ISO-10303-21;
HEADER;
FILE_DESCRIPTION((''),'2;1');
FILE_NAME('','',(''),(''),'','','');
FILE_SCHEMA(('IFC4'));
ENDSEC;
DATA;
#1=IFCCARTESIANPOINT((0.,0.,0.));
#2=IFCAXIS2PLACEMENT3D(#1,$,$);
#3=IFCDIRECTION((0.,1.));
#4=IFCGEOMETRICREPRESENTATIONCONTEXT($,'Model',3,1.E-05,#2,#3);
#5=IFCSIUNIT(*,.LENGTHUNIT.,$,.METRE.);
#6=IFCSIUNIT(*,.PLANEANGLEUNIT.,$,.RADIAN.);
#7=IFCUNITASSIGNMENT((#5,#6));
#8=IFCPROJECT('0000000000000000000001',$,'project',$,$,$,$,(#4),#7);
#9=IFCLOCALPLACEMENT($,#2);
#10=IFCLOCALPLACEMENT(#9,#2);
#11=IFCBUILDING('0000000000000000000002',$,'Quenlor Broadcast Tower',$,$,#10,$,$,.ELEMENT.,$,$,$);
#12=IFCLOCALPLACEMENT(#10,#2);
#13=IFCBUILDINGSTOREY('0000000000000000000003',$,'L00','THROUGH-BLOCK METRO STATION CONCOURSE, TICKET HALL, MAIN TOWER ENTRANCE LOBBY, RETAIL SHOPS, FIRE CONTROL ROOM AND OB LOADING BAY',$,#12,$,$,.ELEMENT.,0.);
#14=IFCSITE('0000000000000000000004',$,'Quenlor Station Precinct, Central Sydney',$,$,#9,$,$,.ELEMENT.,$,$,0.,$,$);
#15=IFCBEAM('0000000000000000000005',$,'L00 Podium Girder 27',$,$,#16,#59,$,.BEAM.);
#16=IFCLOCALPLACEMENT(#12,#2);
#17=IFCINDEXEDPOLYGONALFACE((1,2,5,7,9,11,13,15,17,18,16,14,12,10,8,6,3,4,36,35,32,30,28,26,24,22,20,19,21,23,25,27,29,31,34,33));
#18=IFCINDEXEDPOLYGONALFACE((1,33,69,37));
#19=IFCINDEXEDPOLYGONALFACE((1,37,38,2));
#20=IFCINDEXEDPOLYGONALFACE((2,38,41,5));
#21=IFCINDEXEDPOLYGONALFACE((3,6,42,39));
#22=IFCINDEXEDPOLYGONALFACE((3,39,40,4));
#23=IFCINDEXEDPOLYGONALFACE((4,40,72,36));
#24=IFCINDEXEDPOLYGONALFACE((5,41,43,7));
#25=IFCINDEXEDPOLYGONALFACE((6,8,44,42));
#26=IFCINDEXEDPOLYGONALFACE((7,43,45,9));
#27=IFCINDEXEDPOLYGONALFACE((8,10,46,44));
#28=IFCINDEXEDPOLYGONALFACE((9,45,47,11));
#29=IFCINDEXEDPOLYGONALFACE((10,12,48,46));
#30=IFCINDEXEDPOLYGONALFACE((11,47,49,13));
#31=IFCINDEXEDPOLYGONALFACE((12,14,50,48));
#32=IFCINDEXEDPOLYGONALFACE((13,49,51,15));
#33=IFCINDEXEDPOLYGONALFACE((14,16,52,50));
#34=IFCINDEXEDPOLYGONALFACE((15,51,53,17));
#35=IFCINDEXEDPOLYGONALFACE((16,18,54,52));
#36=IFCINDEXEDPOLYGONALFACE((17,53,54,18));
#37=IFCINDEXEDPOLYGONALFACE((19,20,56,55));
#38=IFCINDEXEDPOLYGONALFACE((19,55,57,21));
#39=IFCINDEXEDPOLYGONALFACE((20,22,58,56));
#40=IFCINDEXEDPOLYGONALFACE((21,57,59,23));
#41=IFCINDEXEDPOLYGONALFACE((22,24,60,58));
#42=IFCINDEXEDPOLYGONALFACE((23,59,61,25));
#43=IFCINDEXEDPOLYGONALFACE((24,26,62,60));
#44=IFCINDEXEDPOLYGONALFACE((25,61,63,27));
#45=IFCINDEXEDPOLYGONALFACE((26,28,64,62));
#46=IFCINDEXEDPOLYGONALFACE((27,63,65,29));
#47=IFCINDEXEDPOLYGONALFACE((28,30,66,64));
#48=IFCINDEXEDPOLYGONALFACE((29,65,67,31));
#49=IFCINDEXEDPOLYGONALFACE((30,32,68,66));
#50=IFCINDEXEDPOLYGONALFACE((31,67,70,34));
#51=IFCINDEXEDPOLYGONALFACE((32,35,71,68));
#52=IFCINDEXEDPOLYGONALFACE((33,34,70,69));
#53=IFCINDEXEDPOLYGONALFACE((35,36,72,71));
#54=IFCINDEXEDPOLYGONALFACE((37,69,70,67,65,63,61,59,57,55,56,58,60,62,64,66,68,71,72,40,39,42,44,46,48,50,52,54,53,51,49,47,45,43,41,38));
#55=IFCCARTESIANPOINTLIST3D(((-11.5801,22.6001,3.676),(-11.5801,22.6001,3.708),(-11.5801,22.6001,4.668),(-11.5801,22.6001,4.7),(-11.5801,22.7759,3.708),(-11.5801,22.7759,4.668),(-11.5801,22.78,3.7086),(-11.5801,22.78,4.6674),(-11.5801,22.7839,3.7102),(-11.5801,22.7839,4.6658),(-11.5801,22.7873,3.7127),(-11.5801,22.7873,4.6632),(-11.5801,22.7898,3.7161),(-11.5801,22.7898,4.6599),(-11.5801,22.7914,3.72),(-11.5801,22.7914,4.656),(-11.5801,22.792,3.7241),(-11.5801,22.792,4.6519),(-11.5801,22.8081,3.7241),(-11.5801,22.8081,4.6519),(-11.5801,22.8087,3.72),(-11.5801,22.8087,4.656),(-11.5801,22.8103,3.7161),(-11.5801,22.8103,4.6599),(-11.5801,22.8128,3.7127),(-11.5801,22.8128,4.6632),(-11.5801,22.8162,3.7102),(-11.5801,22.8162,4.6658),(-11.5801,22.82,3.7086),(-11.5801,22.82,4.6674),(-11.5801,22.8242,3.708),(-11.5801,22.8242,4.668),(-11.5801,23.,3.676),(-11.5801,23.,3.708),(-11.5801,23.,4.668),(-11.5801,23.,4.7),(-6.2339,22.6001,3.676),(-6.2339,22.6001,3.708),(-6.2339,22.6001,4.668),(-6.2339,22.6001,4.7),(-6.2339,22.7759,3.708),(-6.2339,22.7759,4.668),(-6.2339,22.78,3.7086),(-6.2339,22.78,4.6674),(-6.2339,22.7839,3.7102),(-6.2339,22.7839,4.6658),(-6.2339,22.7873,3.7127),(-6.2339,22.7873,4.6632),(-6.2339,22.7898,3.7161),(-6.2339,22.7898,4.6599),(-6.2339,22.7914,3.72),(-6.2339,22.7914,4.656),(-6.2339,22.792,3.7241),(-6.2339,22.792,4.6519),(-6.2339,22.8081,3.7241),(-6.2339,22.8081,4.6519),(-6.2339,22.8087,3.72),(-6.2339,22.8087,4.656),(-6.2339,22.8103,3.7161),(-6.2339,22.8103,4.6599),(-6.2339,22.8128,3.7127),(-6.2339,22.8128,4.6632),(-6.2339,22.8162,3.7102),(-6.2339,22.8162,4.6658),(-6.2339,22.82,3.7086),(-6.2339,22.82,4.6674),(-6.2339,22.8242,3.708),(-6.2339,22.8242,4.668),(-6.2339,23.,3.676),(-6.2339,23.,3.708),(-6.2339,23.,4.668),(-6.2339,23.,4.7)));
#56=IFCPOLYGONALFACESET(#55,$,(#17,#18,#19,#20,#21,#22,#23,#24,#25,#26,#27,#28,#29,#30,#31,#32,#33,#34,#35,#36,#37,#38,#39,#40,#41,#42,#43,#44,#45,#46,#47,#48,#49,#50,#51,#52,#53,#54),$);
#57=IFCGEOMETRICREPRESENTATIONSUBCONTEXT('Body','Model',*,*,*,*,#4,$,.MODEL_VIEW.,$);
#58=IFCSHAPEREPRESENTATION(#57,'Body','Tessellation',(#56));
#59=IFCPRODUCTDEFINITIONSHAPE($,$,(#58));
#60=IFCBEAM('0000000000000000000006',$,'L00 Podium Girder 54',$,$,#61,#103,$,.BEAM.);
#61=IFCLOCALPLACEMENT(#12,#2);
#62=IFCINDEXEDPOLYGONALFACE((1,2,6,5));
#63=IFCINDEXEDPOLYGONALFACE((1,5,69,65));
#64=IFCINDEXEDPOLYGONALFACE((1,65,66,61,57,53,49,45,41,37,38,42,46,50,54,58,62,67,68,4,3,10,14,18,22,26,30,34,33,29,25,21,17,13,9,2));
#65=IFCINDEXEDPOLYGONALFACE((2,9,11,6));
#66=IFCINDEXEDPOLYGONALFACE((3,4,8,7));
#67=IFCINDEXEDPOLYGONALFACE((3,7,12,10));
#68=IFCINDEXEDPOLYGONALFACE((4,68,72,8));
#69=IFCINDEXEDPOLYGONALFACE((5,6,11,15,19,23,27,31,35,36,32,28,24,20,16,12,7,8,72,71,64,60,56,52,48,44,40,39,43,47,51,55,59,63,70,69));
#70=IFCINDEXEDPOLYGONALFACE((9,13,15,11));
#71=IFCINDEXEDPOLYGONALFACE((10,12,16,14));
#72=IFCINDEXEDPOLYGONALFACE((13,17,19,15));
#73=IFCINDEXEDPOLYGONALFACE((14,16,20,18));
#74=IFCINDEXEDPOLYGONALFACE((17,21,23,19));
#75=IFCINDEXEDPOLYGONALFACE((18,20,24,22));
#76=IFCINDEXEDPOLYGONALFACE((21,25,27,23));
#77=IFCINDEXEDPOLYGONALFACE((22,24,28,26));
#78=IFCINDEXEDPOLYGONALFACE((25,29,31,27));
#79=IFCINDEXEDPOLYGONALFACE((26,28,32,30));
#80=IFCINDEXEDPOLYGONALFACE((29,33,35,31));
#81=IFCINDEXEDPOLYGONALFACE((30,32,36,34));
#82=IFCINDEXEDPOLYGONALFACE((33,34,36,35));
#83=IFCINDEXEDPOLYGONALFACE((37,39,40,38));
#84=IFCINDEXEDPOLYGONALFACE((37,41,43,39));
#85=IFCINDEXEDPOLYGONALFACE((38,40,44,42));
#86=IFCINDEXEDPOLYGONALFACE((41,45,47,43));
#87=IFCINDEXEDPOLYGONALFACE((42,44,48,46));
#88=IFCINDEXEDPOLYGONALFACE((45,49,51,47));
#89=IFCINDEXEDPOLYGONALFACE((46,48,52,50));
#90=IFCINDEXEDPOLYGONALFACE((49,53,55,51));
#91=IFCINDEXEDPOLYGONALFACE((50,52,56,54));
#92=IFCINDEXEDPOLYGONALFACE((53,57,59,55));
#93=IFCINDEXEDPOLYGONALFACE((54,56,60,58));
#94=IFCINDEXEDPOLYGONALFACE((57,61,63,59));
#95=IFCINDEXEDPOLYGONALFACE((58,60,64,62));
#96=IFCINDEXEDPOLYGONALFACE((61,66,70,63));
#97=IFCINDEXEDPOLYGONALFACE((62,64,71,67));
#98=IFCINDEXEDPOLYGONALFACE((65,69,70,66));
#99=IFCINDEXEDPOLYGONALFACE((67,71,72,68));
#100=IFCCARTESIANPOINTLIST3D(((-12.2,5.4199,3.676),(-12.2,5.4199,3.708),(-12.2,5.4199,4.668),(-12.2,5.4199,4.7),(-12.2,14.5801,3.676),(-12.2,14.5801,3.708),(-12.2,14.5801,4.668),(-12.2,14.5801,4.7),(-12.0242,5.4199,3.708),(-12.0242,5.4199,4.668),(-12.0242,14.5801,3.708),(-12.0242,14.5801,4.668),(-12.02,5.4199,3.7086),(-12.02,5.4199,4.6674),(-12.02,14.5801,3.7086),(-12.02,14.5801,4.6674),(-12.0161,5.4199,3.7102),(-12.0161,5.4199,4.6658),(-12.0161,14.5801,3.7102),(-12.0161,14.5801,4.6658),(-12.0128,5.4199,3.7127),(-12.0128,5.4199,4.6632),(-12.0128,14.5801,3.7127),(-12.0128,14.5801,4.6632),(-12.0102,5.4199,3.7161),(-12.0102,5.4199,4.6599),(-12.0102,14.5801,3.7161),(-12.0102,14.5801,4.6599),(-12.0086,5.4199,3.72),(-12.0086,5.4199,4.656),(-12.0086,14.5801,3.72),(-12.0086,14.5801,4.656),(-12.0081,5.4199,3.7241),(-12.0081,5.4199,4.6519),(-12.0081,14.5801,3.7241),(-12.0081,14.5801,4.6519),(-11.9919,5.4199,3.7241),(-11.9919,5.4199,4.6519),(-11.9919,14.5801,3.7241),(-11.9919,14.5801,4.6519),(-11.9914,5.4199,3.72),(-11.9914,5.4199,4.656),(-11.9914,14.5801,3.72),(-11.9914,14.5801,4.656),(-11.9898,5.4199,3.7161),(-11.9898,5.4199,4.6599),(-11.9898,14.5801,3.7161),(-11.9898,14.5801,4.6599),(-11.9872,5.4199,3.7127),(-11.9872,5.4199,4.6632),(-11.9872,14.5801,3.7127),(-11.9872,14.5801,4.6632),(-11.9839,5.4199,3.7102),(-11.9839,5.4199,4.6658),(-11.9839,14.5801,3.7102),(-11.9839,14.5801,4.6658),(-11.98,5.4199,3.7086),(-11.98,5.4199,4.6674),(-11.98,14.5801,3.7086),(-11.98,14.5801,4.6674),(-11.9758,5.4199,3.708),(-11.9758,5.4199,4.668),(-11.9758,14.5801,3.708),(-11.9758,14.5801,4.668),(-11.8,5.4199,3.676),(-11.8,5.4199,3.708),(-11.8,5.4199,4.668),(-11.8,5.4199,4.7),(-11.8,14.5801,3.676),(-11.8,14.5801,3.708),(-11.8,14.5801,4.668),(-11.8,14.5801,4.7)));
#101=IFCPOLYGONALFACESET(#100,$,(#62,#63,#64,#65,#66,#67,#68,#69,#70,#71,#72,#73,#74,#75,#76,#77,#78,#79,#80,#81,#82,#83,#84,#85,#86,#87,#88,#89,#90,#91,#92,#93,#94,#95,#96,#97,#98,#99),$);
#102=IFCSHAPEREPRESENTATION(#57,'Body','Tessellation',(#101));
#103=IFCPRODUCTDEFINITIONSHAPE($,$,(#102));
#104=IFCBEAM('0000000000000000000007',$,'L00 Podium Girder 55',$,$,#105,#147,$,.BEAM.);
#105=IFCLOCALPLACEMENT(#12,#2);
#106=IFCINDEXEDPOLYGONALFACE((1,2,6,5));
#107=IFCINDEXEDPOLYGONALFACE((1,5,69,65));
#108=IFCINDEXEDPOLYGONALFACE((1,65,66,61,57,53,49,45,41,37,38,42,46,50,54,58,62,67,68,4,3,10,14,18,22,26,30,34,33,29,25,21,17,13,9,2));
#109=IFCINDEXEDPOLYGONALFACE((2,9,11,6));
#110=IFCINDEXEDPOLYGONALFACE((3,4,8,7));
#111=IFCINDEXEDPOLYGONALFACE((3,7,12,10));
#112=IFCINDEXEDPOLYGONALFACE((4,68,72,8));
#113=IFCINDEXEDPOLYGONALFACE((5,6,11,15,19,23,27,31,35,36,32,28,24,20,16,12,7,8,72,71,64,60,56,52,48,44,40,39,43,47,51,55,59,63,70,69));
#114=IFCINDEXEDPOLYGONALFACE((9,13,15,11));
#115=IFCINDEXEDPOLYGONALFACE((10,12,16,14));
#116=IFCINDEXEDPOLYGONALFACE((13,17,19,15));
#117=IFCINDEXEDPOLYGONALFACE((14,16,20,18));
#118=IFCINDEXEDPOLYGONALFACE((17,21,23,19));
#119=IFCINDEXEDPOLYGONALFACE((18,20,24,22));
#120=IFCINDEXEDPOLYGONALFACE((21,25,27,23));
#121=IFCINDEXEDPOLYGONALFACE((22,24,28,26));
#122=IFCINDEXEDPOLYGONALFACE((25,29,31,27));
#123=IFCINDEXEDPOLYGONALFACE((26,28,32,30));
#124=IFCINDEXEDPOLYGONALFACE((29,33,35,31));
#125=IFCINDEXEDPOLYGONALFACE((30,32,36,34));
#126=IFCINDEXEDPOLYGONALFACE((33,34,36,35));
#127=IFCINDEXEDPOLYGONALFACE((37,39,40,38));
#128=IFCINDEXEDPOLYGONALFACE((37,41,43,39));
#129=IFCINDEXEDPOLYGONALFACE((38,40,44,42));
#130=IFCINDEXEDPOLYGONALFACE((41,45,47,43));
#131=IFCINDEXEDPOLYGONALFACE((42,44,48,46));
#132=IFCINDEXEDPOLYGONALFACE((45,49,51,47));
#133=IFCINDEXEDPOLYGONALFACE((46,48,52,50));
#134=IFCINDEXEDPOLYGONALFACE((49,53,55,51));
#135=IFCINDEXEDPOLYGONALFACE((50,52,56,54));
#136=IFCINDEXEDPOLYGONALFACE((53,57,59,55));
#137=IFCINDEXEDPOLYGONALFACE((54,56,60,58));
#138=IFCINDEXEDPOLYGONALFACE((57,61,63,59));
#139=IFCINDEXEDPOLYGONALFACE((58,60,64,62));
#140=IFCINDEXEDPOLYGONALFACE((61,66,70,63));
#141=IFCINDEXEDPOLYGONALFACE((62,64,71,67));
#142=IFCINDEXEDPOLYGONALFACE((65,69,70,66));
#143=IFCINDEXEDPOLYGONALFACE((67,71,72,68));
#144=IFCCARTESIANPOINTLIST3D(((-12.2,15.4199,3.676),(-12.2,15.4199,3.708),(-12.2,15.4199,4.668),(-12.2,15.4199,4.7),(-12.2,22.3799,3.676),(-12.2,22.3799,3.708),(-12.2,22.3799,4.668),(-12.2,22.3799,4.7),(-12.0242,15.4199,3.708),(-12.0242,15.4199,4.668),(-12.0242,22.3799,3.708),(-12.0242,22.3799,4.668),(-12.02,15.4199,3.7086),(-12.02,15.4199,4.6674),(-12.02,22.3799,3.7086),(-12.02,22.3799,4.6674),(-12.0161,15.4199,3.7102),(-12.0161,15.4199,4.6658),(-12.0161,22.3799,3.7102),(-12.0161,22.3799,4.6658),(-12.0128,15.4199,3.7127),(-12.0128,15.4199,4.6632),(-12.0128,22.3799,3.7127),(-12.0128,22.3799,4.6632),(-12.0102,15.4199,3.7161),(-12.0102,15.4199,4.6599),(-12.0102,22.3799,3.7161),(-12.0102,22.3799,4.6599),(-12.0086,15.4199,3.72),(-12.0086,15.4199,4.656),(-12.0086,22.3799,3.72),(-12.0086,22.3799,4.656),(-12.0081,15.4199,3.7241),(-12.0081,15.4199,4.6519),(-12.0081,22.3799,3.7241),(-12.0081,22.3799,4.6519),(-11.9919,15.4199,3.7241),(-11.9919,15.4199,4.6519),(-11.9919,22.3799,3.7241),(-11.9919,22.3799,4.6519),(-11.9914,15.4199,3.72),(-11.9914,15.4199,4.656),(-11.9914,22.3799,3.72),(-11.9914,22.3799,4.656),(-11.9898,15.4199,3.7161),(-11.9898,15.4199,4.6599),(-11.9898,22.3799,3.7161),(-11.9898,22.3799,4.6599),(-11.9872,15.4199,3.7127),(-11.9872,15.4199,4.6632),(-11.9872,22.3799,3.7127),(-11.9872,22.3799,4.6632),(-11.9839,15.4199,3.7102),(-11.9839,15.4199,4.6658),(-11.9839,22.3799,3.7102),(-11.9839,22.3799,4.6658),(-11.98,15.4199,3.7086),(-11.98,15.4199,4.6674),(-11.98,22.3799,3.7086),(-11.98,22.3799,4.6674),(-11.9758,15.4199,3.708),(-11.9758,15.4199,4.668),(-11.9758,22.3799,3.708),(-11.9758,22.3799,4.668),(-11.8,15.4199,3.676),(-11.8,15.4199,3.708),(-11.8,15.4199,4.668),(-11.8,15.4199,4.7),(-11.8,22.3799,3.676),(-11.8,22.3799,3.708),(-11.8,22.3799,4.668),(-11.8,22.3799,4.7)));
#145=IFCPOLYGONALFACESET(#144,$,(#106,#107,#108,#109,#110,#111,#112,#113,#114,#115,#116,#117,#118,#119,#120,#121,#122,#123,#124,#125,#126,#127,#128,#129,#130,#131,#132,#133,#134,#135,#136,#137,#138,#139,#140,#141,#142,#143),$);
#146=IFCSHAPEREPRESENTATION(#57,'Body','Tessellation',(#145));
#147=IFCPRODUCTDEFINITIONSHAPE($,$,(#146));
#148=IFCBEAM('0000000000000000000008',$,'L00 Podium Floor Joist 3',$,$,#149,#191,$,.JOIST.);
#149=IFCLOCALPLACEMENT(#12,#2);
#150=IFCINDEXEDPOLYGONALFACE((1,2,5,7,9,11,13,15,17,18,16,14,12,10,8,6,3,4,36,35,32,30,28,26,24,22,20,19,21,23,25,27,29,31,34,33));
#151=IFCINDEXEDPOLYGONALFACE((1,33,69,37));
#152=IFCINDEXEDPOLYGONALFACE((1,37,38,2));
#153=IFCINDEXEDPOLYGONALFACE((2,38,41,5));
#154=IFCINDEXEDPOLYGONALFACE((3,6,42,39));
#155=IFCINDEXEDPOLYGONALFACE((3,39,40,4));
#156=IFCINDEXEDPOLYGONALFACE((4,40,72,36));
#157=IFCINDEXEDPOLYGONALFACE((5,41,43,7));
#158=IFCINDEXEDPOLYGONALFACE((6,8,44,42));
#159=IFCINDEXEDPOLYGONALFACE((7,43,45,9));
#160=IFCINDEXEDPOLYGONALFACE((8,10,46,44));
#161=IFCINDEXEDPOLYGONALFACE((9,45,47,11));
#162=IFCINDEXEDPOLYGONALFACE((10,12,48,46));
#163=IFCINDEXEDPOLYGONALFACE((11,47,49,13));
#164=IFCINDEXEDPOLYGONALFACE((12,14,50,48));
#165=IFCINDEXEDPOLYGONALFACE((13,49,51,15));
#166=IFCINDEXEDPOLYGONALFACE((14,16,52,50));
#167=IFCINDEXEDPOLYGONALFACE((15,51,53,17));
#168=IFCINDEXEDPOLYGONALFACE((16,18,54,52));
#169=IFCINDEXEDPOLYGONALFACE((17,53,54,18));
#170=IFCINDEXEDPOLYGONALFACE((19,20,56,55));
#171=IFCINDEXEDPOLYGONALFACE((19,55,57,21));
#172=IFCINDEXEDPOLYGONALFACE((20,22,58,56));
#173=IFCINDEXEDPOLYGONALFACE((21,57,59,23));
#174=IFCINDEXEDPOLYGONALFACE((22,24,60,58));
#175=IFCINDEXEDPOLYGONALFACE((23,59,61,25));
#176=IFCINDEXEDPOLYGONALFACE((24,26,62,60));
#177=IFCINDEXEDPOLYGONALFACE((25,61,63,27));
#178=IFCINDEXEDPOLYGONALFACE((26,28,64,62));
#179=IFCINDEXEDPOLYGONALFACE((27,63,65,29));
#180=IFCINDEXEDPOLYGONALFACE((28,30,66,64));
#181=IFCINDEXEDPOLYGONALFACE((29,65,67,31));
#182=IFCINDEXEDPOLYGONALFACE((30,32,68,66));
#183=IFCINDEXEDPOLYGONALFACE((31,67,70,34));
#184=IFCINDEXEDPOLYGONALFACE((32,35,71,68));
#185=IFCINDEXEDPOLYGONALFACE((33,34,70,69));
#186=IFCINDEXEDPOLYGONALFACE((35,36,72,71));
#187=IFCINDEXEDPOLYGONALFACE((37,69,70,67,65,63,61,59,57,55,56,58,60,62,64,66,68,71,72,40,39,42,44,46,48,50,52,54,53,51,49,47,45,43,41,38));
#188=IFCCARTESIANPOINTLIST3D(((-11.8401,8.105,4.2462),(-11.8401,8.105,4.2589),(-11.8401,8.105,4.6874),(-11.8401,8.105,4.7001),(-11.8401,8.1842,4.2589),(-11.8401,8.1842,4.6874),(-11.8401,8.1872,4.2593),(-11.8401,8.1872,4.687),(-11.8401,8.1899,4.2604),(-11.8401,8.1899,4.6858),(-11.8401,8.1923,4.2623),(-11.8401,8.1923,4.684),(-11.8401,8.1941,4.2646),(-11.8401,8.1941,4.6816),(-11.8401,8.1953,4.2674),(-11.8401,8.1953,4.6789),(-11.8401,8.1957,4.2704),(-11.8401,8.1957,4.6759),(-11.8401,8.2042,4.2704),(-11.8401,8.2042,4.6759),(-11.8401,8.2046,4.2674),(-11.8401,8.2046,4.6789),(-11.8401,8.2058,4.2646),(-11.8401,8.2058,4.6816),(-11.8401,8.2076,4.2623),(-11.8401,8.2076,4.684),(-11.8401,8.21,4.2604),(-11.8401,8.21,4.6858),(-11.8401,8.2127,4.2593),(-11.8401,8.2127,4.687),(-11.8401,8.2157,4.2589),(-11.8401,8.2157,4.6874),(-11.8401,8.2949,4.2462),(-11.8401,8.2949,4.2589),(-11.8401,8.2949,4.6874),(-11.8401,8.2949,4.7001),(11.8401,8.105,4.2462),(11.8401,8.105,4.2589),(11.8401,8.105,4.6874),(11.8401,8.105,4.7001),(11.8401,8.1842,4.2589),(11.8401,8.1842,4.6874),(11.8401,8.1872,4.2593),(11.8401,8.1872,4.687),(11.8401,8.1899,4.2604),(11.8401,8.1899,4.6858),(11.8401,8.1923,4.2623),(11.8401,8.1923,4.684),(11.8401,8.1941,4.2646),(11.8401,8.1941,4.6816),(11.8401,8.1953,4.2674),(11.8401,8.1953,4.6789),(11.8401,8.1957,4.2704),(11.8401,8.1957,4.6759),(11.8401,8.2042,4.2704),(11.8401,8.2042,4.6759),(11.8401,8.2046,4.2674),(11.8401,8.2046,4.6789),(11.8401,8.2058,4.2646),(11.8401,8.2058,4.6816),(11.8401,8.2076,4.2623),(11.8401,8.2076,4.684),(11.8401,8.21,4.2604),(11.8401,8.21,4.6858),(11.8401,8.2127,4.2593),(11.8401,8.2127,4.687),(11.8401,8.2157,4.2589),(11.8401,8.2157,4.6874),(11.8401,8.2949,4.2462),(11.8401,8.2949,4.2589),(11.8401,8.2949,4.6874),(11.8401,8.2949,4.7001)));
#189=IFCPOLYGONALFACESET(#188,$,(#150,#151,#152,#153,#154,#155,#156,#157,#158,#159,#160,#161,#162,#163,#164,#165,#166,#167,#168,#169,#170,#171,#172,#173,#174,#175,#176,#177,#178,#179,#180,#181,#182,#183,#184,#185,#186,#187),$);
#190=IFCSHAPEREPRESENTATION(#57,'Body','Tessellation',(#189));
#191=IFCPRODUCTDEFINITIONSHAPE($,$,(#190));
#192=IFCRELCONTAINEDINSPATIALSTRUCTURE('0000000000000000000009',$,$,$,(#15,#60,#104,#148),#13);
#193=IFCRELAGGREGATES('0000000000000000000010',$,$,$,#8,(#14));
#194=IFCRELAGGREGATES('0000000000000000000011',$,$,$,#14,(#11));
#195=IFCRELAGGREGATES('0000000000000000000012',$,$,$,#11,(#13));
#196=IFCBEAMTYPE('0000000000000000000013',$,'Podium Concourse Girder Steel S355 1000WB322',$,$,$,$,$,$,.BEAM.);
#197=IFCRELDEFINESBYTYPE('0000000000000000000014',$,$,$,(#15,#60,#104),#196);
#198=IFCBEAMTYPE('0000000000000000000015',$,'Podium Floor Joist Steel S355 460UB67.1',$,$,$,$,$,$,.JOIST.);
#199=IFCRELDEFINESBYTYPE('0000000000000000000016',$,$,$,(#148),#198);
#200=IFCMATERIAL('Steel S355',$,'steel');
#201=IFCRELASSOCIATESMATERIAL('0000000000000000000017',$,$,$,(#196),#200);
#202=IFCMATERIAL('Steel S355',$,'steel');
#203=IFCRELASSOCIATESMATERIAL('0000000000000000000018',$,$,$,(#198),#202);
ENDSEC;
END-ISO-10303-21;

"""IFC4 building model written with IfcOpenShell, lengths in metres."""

from ifc_helpers import new_model, si_unit, direction, frame, origin, origin_2d, place, context, subcontext, project, spatial, i_section, extrude, material, material_profile, profile_set, type_object, element, save


model = new_model("IFC4")

# Units and contexts
model_context = context("Model", 3, precision=1e-05, world=origin(), true_north=direction((0.0, 1.0)))
body_context = subcontext(model_context, "Body", "Model", "MODEL_VIEW")
ifc_project = project(units=[si_unit("LENGTHUNIT", "METRE"), si_unit("PLANEANGLEUNIT", "RADIAN")], contexts=[model_context])

# Site, building, storey
site_placement = place(None, origin())
site = spatial("IfcSite", under=ifc_project, at=site_placement, Name="Quenlor Station Precinct, Central Sydney", CompositionType="ELEMENT", RefElevation=0.0)
building_placement = place(site_placement, origin())
building = spatial("IfcBuilding", under=site, at=building_placement, Name="Quenlor Broadcast Tower", CompositionType="ELEMENT")
storey_placement = place(building_placement, origin())
storey = spatial("IfcBuildingStorey", under=building, at=storey_placement, Name="L00", Description="THROUGH-BLOCK METRO STATION CONCOURSE, TICKET HALL, MAIN TOWER ENTRANCE LOBBY, RETAIL SHOPS, FIRE CONTROL ROOM AND OB LOADING BAY", CompositionType="ELEMENT", Elevation=0.0)

# Beams
ifc_material_1 = material(Name="Steel S355", Category="steel")
ifc_material_profile_1 = material_profile(ifc_material_1, i_section(OverallWidth=0.3999, OverallDepth=1.0239, WebThickness=0.0161, FlangeThickness=0.032, FilletRadius=0.0161, at=origin_2d()))
ifc_profile_set_1 = profile_set([ifc_material_profile_1], Name="Steel S355 1000WB322")
beam_type_1 = type_object("IfcBeamType", Name="Podium Concourse Girder Steel S355 1000WB322", PredefinedType="BEAM", material=ifc_profile_set_1)
beam_1_placement = place(storey_placement, frame((-11.5801, 22.8, 4.188), z_axis=(1.0, 0.0, 0.0), x_axis=(0.0, 1.0, 0.0)))
element("IfcBeam", 1, at=beam_1_placement, inside=storey, type_object=beam_type_1, Name="L00 Podium Girder 27", PredefinedType="BEAM", context=body_context, shape_type="SweptSolid", body=[
    extrude(i_section(OverallWidth=0.3999, OverallDepth=1.0239, WebThickness=0.0161, FlangeThickness=0.032, FilletRadius=0.0161, at=origin_2d()), origin(), (0.0, 0.0, 1.0), 5.3462),
])
beam_2_placement = place(storey_placement, frame((-12.0, 5.4199, 4.188), z_axis=(0.0, 1.0, 0.0), x_axis=(-1.0, 0.0, 0.0)))
element("IfcBeam", 2, at=beam_2_placement, inside=storey, type_object=beam_type_1, Name="L00 Podium Girder 54", PredefinedType="BEAM", context=body_context, shape_type="SweptSolid", body=[
    extrude(i_section(OverallWidth=0.3999, OverallDepth=1.0239, WebThickness=0.0161, FlangeThickness=0.032, FilletRadius=0.0161, at=origin_2d()), origin(), (0.0, 0.0, 1.0), 9.1602),
])
beam_3_placement = place(storey_placement, frame((-12.0, 15.4199, 4.188), z_axis=(0.0, 1.0, 0.0), x_axis=(-1.0, 0.0, 0.0)))
element("IfcBeam", 3, at=beam_3_placement, inside=storey, type_object=beam_type_1, Name="L00 Podium Girder 55", PredefinedType="BEAM", context=body_context, shape_type="SweptSolid", body=[
    extrude(i_section(OverallWidth=0.3999, OverallDepth=1.0239, WebThickness=0.0161, FlangeThickness=0.032, FilletRadius=0.0161, at=origin_2d()), origin(), (0.0, 0.0, 1.0), 6.96),
])
ifc_material_2 = material(Name="Steel S355", Category="steel")
ifc_material_profile_2 = material_profile(ifc_material_2, i_section(OverallWidth=0.1899, OverallDepth=0.4539, WebThickness=0.0085, FlangeThickness=0.0127, FilletRadius=0.0115, at=origin_2d()))
ifc_profile_set_2 = profile_set([ifc_material_profile_2], Name="Steel S355 460UB67.1")
beam_type_2 = type_object("IfcBeamType", Name="Podium Floor Joist Steel S355 460UB67.1", PredefinedType="JOIST", material=ifc_profile_set_2)
for number, where, z_axis, x_axis, name in (
    (4, (-11.8401, 8.2, 4.4731), (1.0, 0.0, 0.0), (0.0, 1.0, 0.0), "L00 Podium Floor Joist 3"),
):
    element("IfcBeam", number, at=place(storey_placement, frame(where, z_axis=z_axis, x_axis=x_axis)), inside=storey, type_object=beam_type_2, Name=name, PredefinedType="JOIST", context=body_context, shape_type="SweptSolid", body=[
        extrude(i_section(OverallWidth=0.1899, OverallDepth=0.4539, WebThickness=0.0085, FlangeThickness=0.0127, FilletRadius=0.0115, at=origin_2d()), origin(), (0.0, 0.0, 1.0), 23.6802),
    ])

save(model, "model.ifc")
